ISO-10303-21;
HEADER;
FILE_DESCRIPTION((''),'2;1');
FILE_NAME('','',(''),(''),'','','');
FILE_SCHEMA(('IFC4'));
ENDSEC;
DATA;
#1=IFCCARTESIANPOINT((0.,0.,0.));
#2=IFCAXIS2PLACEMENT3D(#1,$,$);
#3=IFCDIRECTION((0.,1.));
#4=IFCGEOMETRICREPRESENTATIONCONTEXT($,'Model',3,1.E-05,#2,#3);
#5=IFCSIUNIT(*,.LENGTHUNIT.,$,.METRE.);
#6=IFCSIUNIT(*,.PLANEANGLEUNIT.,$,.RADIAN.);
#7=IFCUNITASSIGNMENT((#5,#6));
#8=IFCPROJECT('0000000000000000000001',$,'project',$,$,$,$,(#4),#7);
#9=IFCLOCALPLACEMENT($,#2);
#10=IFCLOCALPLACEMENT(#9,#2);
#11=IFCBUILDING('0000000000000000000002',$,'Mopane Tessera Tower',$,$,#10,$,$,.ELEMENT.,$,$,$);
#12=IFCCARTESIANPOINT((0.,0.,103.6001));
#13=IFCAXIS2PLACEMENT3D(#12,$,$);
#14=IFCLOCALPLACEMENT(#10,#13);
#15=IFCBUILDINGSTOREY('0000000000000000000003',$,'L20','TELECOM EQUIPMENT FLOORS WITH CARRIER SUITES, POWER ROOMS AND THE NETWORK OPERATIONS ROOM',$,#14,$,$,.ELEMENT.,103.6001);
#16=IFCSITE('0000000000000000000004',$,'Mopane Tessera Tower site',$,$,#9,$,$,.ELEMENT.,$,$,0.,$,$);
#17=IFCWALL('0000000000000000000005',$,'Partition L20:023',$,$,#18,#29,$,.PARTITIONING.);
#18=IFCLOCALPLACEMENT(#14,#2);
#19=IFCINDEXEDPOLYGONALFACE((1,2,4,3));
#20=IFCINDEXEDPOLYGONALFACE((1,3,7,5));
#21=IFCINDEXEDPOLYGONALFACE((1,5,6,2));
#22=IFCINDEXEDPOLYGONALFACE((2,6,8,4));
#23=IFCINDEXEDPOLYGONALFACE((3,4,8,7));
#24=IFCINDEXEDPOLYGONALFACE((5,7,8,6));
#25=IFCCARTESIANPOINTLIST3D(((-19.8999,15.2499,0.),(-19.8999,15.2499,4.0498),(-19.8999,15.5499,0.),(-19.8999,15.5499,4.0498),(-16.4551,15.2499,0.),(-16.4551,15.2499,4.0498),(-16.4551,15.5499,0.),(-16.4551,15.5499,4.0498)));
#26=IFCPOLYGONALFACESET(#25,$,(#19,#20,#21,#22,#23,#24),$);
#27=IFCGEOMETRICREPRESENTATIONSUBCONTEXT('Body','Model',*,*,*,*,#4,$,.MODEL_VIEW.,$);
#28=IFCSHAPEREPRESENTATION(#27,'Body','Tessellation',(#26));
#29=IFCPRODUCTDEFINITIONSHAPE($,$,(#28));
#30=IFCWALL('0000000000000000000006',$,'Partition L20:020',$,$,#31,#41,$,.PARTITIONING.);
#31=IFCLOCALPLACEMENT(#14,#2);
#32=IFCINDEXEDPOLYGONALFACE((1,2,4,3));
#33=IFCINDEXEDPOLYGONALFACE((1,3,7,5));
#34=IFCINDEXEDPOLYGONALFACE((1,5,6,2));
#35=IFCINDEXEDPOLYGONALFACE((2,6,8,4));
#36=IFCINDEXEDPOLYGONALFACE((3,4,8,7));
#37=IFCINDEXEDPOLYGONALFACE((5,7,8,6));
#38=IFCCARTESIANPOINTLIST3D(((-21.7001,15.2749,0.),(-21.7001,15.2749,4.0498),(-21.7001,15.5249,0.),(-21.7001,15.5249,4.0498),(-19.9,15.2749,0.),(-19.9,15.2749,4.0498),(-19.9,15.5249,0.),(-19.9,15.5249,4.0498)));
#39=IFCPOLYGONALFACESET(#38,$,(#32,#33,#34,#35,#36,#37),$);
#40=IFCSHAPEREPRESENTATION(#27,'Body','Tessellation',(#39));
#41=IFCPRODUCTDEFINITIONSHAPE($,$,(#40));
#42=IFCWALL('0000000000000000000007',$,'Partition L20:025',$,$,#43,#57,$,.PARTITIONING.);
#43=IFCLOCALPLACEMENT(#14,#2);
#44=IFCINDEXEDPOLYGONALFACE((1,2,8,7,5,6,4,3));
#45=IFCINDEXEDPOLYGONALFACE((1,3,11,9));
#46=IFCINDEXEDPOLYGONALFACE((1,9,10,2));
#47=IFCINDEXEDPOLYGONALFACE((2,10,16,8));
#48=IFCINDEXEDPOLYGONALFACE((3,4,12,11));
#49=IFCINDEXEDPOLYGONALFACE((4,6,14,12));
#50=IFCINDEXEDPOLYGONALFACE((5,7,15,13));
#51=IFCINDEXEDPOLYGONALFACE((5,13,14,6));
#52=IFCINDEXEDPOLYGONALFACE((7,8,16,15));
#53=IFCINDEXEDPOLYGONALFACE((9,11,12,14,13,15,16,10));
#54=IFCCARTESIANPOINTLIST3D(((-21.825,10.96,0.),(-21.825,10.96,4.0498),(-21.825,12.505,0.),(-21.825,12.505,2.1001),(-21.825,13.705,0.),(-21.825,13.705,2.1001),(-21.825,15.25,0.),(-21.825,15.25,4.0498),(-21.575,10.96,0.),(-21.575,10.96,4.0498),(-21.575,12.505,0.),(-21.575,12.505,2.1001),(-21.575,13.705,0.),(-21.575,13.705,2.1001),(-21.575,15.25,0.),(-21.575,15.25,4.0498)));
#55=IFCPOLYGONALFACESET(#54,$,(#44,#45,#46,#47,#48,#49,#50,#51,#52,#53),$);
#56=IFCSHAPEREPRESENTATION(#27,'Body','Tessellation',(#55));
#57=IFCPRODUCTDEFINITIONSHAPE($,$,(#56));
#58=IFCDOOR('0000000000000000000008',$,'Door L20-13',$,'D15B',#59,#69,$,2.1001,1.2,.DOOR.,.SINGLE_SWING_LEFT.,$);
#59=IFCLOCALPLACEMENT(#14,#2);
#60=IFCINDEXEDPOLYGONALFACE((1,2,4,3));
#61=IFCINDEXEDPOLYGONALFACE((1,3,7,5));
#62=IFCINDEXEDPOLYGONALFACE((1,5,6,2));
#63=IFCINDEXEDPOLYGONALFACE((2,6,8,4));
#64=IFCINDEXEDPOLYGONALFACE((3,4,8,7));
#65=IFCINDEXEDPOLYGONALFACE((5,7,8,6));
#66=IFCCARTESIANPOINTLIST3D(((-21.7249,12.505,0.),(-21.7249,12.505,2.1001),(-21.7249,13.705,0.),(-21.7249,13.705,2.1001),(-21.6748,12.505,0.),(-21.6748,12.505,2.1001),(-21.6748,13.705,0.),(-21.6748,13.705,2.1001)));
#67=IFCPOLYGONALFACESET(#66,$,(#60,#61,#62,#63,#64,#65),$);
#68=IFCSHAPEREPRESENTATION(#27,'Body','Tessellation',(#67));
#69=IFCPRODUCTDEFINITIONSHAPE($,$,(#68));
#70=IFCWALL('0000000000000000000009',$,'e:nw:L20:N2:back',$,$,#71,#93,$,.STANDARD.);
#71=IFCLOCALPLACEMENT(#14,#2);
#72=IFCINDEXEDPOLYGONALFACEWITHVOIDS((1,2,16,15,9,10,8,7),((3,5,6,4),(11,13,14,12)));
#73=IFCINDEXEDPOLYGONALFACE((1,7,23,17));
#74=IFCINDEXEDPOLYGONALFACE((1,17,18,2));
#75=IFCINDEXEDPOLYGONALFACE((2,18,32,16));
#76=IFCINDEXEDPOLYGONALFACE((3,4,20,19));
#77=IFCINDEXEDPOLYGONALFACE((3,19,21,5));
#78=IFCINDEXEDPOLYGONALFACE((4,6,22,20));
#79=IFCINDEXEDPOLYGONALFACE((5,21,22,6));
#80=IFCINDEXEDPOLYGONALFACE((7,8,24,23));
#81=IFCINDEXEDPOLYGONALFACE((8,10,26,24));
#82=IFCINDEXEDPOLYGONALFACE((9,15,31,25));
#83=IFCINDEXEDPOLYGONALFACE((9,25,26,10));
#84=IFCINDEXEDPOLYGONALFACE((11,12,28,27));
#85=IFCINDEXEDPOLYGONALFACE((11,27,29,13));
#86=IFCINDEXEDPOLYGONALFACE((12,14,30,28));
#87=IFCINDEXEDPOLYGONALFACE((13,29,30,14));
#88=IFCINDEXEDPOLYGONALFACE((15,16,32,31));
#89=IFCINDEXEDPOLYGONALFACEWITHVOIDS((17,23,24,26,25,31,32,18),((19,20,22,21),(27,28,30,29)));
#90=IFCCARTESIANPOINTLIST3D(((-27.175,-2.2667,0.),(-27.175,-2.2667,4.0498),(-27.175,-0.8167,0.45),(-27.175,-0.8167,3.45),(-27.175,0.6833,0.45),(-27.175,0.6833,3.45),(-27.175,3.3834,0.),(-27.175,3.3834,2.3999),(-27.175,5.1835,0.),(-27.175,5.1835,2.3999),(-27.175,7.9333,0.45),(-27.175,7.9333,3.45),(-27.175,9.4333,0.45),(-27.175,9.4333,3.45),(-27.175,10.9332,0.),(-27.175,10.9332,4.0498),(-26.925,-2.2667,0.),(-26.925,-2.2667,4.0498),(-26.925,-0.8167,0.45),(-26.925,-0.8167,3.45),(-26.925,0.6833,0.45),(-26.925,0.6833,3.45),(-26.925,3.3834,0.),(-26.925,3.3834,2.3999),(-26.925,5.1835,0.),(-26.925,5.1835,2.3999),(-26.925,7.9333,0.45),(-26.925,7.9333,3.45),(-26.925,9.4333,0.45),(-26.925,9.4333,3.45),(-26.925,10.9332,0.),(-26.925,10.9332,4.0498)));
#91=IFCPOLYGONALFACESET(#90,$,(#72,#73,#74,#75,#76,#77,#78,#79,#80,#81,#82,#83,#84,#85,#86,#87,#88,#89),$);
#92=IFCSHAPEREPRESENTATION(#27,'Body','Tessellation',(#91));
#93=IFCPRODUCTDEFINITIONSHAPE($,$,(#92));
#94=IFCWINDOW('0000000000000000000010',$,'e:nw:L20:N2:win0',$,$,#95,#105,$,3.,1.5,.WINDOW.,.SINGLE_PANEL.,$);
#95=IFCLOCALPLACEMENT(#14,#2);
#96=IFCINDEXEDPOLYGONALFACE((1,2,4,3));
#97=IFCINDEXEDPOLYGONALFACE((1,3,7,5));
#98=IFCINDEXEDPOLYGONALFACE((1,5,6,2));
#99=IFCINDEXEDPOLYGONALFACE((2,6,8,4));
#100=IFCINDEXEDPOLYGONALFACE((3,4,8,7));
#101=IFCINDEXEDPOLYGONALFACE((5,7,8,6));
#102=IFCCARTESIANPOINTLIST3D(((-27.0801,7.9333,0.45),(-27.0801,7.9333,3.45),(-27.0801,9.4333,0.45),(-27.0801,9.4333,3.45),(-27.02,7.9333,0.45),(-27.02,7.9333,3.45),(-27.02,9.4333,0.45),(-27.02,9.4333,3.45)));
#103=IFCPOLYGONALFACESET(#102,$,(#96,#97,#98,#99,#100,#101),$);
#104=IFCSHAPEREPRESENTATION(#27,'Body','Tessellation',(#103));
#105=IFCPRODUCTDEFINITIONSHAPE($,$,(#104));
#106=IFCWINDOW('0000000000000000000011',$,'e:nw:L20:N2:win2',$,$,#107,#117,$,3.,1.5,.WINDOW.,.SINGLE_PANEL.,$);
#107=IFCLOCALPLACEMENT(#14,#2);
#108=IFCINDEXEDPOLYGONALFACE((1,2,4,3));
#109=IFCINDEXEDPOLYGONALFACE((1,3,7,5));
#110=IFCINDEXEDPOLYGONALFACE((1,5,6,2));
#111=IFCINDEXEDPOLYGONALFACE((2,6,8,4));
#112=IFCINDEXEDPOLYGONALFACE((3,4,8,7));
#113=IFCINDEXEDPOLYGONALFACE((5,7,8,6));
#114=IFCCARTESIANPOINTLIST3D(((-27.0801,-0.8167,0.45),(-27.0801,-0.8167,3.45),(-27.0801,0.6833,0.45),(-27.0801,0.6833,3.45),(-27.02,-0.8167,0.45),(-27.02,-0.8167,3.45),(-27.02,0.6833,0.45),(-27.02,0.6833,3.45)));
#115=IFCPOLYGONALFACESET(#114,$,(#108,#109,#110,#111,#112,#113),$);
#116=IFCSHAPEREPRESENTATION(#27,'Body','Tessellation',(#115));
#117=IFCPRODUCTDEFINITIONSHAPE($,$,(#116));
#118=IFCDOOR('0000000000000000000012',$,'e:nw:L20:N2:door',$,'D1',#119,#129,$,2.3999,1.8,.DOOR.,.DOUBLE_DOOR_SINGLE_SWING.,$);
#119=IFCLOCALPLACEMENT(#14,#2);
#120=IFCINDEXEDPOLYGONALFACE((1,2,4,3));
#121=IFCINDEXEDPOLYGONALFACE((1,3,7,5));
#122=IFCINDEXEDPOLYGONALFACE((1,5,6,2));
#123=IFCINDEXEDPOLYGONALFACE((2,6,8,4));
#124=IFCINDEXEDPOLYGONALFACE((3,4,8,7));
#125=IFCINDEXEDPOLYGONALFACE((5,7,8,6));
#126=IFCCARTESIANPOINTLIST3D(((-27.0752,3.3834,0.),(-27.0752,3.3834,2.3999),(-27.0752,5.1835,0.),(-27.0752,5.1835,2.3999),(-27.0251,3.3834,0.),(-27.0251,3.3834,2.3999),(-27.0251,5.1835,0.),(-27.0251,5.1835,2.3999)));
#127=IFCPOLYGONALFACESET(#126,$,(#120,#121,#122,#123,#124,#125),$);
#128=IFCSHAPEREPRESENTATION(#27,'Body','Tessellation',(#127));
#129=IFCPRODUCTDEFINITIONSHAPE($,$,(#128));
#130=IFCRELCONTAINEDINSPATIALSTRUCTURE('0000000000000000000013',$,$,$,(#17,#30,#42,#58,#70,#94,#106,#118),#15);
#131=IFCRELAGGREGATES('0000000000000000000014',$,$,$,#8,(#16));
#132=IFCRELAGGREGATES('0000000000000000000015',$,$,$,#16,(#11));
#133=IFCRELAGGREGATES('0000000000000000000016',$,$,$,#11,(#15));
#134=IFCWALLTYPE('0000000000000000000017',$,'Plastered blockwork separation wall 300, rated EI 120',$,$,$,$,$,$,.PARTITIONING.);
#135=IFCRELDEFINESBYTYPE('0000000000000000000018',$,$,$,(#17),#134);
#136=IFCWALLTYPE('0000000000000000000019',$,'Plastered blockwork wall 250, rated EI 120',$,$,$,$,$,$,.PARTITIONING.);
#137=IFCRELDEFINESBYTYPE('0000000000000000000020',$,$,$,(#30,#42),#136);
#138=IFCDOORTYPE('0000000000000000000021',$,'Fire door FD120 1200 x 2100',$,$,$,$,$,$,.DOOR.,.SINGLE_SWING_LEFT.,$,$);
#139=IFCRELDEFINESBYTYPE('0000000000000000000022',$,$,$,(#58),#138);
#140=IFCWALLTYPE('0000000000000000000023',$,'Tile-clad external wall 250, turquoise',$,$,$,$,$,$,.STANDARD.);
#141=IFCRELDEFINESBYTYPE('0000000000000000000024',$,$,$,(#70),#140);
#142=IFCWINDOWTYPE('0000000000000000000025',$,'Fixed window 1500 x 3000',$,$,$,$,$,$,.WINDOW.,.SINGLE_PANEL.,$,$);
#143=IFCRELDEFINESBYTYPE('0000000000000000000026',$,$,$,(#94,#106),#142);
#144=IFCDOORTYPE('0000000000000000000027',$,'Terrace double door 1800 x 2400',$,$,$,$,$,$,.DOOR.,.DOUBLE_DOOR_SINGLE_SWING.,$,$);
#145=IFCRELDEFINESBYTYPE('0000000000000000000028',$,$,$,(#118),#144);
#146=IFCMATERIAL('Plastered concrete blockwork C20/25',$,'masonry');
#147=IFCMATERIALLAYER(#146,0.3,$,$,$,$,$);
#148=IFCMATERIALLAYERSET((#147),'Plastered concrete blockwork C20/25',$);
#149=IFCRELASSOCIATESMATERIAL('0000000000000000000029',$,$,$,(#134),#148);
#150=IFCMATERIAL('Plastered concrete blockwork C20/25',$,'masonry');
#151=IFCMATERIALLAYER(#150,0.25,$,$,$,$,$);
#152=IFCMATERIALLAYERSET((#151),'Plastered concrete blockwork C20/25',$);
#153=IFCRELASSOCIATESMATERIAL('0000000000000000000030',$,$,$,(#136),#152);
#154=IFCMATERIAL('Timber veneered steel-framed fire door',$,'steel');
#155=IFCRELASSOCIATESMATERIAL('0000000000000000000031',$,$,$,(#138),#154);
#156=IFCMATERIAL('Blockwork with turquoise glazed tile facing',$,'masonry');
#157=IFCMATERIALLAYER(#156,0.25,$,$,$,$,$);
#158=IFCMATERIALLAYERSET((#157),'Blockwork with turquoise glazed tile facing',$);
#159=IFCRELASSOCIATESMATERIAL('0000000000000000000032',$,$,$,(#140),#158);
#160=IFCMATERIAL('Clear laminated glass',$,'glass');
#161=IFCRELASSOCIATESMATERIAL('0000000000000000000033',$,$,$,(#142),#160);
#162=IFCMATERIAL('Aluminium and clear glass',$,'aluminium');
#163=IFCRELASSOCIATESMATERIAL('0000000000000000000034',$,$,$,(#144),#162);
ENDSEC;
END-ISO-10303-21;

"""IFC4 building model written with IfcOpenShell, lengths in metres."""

from ifc_helpers import new_model, si_unit, direction, frame, frame_2d, origin, place, context, subcontext, project, spatial, rectangle, extrude, material, layer, layer_set, type_object, element, fill, save


model = new_model("IFC4")

# Units and contexts
model_context = context("Model", 3, precision=1e-05, world=origin(), true_north=direction((0.0, 1.0)))
body_context = subcontext(model_context, "Body", "Model", "MODEL_VIEW")
ifc_project = project(units=[si_unit("LENGTHUNIT", "METRE"), si_unit("PLANEANGLEUNIT", "RADIAN")], contexts=[model_context])

# Site, building, storey
site_placement = place(None, origin())
site = spatial("IfcSite", under=ifc_project, at=site_placement, Name="Mopane Tessera Tower site", CompositionType="ELEMENT", RefElevation=0.0)
building_placement = place(site_placement, origin())
building = spatial("IfcBuilding", under=site, at=building_placement, Name="Mopane Tessera Tower", CompositionType="ELEMENT")
storey_placement = place(building_placement, frame((0.0, 0.0, 103.6001)))
storey = spatial("IfcBuildingStorey", under=building, at=storey_placement, Name="L20", Description="TELECOM EQUIPMENT FLOORS WITH CARRIER SUITES, POWER ROOMS AND THE NETWORK OPERATIONS ROOM", CompositionType="ELEMENT", Elevation=103.6001)

# Walls
ifc_material_1 = material(Name="Plastered concrete blockwork C20/25", Category="masonry")
ifc_layer_1 = layer(ifc_material_1, 0.3)
ifc_layer_set_1 = layer_set([ifc_layer_1], Name="Plastered concrete blockwork C20/25")
wall_type_1 = type_object("IfcWallType", Name="Plastered blockwork separation wall 300, rated EI 120", PredefinedType="PARTITIONING", material=ifc_layer_set_1)
wall_1_placement = place(storey_placement, frame((-19.8999, 15.3999, 0.0), z_axis=(0.0, 0.0, 1.0), x_axis=(1.0, 0.0, 0.0)))
element("IfcWall", 1, at=wall_1_placement, inside=storey, type_object=wall_type_1, Name="Partition L20:023", PredefinedType="PARTITIONING", context=body_context, shape_type="SweptSolid", body=[
    extrude(rectangle(XDim=3.4448, YDim=0.3, at=frame_2d((1.7224, 0.0))), origin(), (0.0, 0.0, 1.0), 4.0498),
])
ifc_material_2 = material(Name="Plastered concrete blockwork C20/25", Category="masonry")
ifc_layer_2 = layer(ifc_material_2, 0.25)
ifc_layer_set_2 = layer_set([ifc_layer_2], Name="Plastered concrete blockwork C20/25")
wall_type_2 = type_object("IfcWallType", Name="Plastered blockwork wall 250, rated EI 120", PredefinedType="PARTITIONING", material=ifc_layer_set_2)
wall_2_placement = place(storey_placement, frame((-21.7, 15.3999, 0.0), z_axis=(0.0, 0.0, 1.0), x_axis=(1.0, 0.0, 0.0)))
element("IfcWall", 2, at=wall_2_placement, inside=storey, type_object=wall_type_2, Name="Partition L20:020", PredefinedType="PARTITIONING", context=body_context, shape_type="SweptSolid", body=[
    extrude(rectangle(XDim=1.8, YDim=0.25, at=frame_2d((0.8999, 0.0))), origin(), (0.0, 0.0, 1.0), 4.0498),
])

# Wall, opening, door
wall_3_placement = place(storey_placement, frame((-21.7, 10.96, 0.0), z_axis=(0.0, 0.0, 1.0), x_axis=(0.0, 1.0, 0.0)))
wall_3 = element("IfcWall", 3, at=wall_3_placement, inside=storey, type_object=wall_type_2, Name="Partition L20:025", PredefinedType="PARTITIONING", context=body_context, shape_type="SweptSolid", body=[
    extrude(rectangle(XDim=4.29, YDim=0.25, at=frame_2d((2.145, 0.0))), origin(), (0.0, 0.0, 1.0), 4.0498),
])
opening_1_placement = place(wall_3_placement, frame((1.5449, 0.0, 0.0)))
opening_1 = element("IfcOpeningElement", 4, at=opening_1_placement, cuts=wall_3, PredefinedType="OPENING", context=body_context, shape_type="SweptSolid", body=[
    extrude(rectangle(XDim=1.2, YDim=2.1001, at=frame_2d((0.6001, 1.05))), frame((0.0, 0.137, 0.0), z_axis=(0.0, -1.0, 0.0), x_axis=(1.0, 0.0, 0.0)), (0.0, 0.0, 1.0), 0.2739),
])
ifc_material_3 = material(Name="Timber veneered steel-framed fire door", Category="steel")
door_type_1 = type_object("IfcDoorType", Name="Fire door FD120 1200 x 2100", OperationType="SINGLE_SWING_LEFT", PredefinedType="DOOR", material=ifc_material_3)
door_1_placement = place(opening_1_placement, origin())
door_1 = element("IfcDoor", 5, at=door_1_placement, inside=storey, type_object=door_type_1, Name="Door L20-13", ObjectType="D15B", OperationType="SINGLE_SWING_LEFT", OverallHeight=2.1001, OverallWidth=1.2, PredefinedType="DOOR", context=body_context, shape_type="SweptSolid", body=[
    extrude(rectangle(XDim=1.2, YDim=2.1001, at=frame_2d((0.6001, 1.05))), frame((0.0, 0.0249, 0.0), z_axis=(0.0, -1.0, 0.0), x_axis=(1.0, 0.0, 0.0)), (0.0, 0.0, 1.0), 0.05),
])
fill(opening_1, door_1)

# Wall, openings, windows, door
ifc_material_4 = material(Name="Blockwork with turquoise glazed tile facing", Category="masonry")
ifc_layer_3 = layer(ifc_material_4, 0.25)
ifc_layer_set_3 = layer_set([ifc_layer_3], Name="Blockwork with turquoise glazed tile facing")
wall_type_3 = type_object("IfcWallType", Name="Tile-clad external wall 250, turquoise", PredefinedType="STANDARD", material=ifc_layer_set_3)
wall_4_placement = place(storey_placement, frame((-27.05, 10.9333, 0.0), z_axis=(0.0, 0.0, 1.0), x_axis=(0.0, -1.0, 0.0)))
wall_4 = element("IfcWall", 6, at=wall_4_placement, inside=storey, type_object=wall_type_3, Name="e:nw:L20:N2:back", PredefinedType="STANDARD", context=body_context, shape_type="SweptSolid", body=[
    extrude(rectangle(XDim=13.2, YDim=0.25, at=frame_2d((6.6001, 0.0))), origin(), (0.0, 0.0, 1.0), 4.0498),
])
opening_2_placement = place(wall_4_placement, frame((1.5, 0.0, 0.45)))
opening_2 = element("IfcOpeningElement", 7, at=opening_2_placement, cuts=wall_4, PredefinedType="OPENING", context=body_context, shape_type="SweptSolid", body=[
    extrude(rectangle(XDim=1.5, YDim=3.0, at=frame_2d((0.75, 1.5))), frame((0.0, 0.137, 0.0), z_axis=(0.0, -1.0, 0.0), x_axis=(1.0, 0.0, 0.0)), (0.0, 0.0, 1.0), 0.2739),
])
opening_3_placement = place(wall_4_placement, frame((5.75, 0.0, 0.0)))
opening_3 = element("IfcOpeningElement", 8, at=opening_3_placement, cuts=wall_4, PredefinedType="OPENING", context=body_context, shape_type="SweptSolid", body=[
    extrude(rectangle(XDim=1.8, YDim=2.3999, at=frame_2d((0.8999, 1.2))), frame((0.0, 0.137, 0.0), z_axis=(0.0, -1.0, 0.0), x_axis=(1.0, 0.0, 0.0)), (0.0, 0.0, 1.0), 0.2739),
])
opening_4_placement = place(wall_4_placement, frame((10.25, 0.0, 0.45)))
opening_4 = element("IfcOpeningElement", 9, at=opening_4_placement, cuts=wall_4, PredefinedType="OPENING", context=body_context, shape_type="SweptSolid", body=[
    extrude(rectangle(XDim=1.5, YDim=3.0, at=frame_2d((0.75, 1.5))), frame((0.0, 0.137, 0.0), z_axis=(0.0, -1.0, 0.0), x_axis=(1.0, 0.0, 0.0)), (0.0, 0.0, 1.0), 0.2739),
])
ifc_material_5 = material(Name="Clear laminated glass", Category="glass")
window_type = type_object("IfcWindowType", Name="Fixed window 1500 x 3000", PartitioningType="SINGLE_PANEL", PredefinedType="WINDOW", material=ifc_material_5)
window_1_placement = place(opening_2_placement, origin())
window_1 = element("IfcWindow", 10, at=window_1_placement, inside=storey, type_object=window_type, Name="e:nw:L20:N2:win0", OverallHeight=3.0, OverallWidth=1.5, PartitioningType="SINGLE_PANEL", PredefinedType="WINDOW", context=body_context, shape_type="SweptSolid", body=[
    extrude(rectangle(XDim=1.5, YDim=3.0, at=frame_2d((0.75, 1.5))), frame((0.0, 0.03, 0.0), z_axis=(0.0, -1.0, 0.0), x_axis=(1.0, 0.0, 0.0)), (0.0, 0.0, 1.0), 0.0601),
])
fill(opening_2, window_1)
window_2_placement = place(opening_4_placement, origin())
window_2 = element("IfcWindow", 11, at=window_2_placement, inside=storey, type_object=window_type, Name="e:nw:L20:N2:win2", OverallHeight=3.0, OverallWidth=1.5, PartitioningType="SINGLE_PANEL", PredefinedType="WINDOW", context=body_context, shape_type="SweptSolid", body=[
    extrude(rectangle(XDim=1.5, YDim=3.0, at=frame_2d((0.75, 1.5))), frame((0.0, 0.03, 0.0), z_axis=(0.0, -1.0, 0.0), x_axis=(1.0, 0.0, 0.0)), (0.0, 0.0, 1.0), 0.0601),
])
fill(opening_4, window_2)
ifc_material_6 = material(Name="Aluminium and clear glass", Category="aluminium")
door_type_2 = type_object("IfcDoorType", Name="Terrace double door 1800 x 2400", OperationType="DOUBLE_DOOR_SINGLE_SWING", PredefinedType="DOOR", material=ifc_material_6)
door_2_placement = place(opening_3_placement, origin())
door_2 = element("IfcDoor", 12, at=door_2_placement, inside=storey, type_object=door_type_2, Name="e:nw:L20:N2:door", ObjectType="D1", OperationType="DOUBLE_DOOR_SINGLE_SWING", OverallHeight=2.3999, OverallWidth=1.8, PredefinedType="DOOR", context=body_context, shape_type="SweptSolid", body=[
    extrude(rectangle(XDim=1.8, YDim=2.3999, at=frame_2d((0.8999, 1.2))), frame((0.0, 0.0249, 0.0), z_axis=(0.0, -1.0, 0.0), x_axis=(1.0, 0.0, 0.0)), (0.0, 0.0, 1.0), 0.05),
])
fill(opening_3, door_2)

save(model, "model.ifc")
